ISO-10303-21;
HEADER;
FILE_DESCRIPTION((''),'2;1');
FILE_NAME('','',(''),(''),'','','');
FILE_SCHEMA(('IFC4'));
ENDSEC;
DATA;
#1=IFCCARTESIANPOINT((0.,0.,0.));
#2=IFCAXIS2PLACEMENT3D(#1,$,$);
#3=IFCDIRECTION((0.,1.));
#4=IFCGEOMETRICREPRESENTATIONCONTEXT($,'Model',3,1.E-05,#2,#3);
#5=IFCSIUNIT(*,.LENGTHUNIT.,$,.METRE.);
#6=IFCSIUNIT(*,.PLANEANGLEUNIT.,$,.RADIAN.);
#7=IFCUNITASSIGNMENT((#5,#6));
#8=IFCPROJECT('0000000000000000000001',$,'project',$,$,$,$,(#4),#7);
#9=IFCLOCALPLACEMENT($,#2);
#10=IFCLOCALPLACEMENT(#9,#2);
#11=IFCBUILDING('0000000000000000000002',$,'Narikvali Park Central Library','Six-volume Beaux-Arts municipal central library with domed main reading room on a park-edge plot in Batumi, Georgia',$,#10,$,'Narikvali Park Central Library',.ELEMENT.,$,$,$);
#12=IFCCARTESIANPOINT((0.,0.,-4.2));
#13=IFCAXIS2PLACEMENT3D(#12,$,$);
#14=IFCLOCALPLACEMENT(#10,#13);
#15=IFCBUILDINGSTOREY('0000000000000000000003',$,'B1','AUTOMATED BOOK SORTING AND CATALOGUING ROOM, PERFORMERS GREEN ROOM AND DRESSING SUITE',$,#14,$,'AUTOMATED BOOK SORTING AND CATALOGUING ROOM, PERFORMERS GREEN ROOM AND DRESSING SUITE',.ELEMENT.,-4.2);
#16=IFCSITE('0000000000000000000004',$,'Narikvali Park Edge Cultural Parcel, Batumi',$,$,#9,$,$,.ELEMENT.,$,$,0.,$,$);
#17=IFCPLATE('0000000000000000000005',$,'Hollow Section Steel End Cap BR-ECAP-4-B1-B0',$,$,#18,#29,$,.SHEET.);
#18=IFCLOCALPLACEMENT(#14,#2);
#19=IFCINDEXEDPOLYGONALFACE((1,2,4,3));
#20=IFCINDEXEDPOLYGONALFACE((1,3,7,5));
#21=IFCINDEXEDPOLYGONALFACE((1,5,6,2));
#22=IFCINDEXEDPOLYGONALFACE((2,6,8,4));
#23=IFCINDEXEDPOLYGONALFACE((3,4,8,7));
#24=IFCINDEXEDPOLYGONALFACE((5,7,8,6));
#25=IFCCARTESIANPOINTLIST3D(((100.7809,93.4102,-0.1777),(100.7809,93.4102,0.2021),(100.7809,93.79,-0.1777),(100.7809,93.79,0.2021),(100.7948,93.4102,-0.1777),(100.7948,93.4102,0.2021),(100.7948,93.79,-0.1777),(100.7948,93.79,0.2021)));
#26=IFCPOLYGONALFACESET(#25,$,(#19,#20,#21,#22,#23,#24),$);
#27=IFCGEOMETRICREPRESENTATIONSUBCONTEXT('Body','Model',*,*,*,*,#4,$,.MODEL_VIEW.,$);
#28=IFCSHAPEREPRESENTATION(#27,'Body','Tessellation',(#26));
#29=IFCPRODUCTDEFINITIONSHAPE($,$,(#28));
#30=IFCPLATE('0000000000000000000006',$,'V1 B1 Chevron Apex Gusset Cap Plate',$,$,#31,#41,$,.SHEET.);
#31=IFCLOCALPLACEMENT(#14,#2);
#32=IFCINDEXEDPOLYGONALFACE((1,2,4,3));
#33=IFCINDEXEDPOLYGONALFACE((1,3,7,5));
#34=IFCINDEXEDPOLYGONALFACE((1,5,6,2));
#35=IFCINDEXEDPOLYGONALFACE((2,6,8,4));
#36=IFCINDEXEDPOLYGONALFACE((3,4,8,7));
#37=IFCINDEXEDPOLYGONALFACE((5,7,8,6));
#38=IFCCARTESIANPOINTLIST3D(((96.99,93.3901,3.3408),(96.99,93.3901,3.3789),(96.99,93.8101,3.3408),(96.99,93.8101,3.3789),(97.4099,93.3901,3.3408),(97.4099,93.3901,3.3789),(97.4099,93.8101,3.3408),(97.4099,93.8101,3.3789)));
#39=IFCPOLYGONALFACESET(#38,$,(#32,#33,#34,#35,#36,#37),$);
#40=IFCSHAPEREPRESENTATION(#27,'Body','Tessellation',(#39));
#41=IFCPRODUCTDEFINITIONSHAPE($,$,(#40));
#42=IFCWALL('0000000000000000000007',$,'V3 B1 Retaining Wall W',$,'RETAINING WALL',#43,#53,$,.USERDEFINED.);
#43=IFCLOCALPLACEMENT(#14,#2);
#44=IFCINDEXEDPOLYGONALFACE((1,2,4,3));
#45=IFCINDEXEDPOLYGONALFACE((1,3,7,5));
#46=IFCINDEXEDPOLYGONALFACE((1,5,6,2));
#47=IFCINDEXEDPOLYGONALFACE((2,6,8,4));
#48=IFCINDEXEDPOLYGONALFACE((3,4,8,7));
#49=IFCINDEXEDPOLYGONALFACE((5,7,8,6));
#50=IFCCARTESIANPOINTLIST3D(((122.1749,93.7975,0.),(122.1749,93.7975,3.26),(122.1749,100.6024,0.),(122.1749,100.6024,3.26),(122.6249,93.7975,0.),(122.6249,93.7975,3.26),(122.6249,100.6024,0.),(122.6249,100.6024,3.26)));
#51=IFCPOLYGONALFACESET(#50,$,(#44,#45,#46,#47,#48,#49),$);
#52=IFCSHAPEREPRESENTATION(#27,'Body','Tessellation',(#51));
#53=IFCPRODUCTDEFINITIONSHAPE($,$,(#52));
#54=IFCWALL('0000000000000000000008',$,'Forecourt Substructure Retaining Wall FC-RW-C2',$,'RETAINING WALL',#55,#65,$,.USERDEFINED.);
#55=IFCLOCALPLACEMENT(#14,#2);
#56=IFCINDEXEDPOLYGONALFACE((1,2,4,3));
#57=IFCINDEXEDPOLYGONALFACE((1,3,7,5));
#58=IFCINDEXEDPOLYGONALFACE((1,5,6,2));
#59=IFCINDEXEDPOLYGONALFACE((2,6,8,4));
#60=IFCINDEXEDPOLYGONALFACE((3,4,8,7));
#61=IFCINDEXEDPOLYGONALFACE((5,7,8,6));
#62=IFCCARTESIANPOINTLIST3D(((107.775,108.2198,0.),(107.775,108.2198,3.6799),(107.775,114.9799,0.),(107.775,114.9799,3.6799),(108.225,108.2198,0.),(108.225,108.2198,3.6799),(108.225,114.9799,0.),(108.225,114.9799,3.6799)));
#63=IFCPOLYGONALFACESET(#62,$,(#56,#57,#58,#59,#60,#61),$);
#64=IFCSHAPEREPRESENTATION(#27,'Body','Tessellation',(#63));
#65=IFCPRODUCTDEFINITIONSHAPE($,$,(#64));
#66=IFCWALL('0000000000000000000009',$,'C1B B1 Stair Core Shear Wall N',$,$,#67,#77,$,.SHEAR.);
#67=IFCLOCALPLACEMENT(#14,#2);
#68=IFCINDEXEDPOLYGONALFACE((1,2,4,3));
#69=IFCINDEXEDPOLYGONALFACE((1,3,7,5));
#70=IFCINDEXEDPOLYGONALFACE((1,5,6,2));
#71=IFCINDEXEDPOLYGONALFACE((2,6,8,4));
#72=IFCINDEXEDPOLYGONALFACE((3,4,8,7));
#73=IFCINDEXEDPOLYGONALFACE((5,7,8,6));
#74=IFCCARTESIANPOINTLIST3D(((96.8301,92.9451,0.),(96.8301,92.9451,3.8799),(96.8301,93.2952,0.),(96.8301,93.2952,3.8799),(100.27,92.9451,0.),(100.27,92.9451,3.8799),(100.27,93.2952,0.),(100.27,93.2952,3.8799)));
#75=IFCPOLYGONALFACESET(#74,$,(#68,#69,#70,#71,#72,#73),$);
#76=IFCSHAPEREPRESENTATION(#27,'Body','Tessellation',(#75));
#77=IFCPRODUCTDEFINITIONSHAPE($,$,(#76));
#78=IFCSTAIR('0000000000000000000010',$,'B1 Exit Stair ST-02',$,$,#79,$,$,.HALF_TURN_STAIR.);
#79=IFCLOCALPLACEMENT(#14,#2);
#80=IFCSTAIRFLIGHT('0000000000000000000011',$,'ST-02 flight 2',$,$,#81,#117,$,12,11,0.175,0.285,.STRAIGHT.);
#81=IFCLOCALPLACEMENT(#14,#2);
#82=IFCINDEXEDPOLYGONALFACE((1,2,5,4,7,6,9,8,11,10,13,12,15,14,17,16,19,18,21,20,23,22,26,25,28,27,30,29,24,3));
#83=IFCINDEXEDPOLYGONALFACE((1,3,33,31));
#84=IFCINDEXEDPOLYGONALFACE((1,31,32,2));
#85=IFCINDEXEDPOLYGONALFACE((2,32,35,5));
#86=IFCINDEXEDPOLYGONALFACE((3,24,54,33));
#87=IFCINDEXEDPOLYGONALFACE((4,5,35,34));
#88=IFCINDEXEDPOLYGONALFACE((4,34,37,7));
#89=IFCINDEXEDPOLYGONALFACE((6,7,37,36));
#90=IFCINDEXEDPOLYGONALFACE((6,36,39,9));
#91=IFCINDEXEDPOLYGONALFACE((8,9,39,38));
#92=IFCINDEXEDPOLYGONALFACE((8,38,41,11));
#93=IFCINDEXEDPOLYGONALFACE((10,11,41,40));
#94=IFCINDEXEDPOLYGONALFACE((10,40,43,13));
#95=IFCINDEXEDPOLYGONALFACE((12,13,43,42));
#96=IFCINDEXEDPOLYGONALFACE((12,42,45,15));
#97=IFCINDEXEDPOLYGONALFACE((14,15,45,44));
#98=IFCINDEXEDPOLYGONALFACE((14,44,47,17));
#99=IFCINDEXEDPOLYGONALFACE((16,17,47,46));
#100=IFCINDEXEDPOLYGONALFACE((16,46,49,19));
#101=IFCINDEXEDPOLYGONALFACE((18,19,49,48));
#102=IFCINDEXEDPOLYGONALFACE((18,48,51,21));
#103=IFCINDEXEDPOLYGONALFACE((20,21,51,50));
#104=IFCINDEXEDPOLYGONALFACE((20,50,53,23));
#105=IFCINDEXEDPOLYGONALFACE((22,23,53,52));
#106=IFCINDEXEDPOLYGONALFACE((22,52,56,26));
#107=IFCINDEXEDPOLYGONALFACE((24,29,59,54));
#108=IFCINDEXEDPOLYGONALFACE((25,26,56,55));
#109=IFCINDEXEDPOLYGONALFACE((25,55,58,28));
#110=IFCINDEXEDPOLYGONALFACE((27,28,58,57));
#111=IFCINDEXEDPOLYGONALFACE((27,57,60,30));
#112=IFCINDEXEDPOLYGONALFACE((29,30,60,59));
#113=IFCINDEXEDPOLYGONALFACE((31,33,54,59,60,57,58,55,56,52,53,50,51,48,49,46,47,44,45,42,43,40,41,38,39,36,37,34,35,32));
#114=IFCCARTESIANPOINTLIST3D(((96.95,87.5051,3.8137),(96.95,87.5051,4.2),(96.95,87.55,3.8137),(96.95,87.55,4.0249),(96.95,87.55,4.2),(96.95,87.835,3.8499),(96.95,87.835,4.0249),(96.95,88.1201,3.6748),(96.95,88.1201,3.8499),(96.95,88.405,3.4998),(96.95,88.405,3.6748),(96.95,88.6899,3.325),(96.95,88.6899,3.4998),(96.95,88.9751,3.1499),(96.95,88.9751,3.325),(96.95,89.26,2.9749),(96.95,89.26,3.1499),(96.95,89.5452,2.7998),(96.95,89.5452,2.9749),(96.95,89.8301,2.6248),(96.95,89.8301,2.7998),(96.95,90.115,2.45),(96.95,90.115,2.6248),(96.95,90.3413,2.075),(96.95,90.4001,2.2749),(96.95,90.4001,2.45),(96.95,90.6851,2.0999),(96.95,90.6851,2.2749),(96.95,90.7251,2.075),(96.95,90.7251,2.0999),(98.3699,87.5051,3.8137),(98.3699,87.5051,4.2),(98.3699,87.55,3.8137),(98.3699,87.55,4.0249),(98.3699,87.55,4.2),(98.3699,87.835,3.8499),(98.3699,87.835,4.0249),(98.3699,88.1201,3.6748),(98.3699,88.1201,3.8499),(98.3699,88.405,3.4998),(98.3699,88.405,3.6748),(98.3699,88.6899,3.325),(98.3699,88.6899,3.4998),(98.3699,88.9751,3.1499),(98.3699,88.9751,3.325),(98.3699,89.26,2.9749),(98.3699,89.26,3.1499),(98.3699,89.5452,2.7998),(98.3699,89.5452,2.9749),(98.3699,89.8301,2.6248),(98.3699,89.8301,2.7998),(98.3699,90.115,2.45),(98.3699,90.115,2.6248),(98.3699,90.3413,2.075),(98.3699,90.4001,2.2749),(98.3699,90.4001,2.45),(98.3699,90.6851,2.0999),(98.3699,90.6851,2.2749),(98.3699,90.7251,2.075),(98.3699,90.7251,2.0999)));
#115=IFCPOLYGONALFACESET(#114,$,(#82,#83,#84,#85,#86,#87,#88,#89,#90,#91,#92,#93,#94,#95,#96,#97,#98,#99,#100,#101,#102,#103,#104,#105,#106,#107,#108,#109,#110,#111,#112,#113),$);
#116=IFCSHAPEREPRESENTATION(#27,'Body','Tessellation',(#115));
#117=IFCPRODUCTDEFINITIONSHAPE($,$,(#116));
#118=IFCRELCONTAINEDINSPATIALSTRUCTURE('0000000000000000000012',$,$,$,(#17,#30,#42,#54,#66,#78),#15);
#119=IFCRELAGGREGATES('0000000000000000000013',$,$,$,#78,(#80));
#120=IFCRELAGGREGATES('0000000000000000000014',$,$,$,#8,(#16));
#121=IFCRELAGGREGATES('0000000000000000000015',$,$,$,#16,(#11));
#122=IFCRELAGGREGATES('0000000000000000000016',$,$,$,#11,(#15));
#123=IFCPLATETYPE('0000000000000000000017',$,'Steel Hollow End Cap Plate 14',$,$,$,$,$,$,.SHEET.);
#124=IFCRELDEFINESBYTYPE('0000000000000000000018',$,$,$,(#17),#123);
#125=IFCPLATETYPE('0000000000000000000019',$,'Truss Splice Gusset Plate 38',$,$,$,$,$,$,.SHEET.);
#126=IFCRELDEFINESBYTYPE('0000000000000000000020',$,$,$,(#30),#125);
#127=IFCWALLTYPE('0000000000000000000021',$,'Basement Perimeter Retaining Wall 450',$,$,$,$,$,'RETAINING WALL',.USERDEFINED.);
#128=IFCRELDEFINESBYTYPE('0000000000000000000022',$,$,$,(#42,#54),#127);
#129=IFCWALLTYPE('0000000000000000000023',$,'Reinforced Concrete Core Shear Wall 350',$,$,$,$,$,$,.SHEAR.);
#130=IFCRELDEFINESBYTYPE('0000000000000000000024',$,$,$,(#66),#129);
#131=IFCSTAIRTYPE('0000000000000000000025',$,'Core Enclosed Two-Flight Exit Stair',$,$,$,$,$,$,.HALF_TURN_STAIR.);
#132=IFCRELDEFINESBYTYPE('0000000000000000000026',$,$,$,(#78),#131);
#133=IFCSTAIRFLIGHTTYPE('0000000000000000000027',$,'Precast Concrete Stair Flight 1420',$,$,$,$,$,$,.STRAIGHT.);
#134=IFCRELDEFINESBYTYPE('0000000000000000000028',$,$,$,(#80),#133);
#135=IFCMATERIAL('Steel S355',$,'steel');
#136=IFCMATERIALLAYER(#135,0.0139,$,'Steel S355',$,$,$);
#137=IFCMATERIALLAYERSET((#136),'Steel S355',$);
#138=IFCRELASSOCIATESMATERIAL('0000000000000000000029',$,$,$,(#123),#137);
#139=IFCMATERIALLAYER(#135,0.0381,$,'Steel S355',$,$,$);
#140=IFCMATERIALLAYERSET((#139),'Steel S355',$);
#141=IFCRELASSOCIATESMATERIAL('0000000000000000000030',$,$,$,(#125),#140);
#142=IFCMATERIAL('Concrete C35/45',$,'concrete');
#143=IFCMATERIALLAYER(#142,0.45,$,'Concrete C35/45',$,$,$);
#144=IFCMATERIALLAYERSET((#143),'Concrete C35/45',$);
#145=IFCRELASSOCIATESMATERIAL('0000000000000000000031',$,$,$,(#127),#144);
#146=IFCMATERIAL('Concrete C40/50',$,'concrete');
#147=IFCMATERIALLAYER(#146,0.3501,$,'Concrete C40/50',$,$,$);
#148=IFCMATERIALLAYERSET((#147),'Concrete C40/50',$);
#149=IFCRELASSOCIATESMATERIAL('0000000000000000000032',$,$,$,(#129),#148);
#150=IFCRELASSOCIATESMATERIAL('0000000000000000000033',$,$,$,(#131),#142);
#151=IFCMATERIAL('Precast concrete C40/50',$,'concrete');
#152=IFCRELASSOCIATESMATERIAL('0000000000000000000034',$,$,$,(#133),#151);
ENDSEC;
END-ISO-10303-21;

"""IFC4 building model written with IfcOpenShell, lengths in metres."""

from ifc_helpers import new_model, si_unit, direction, frame, frame_2d, origin, origin_2d, place, context, subcontext, project, spatial, polyline, rectangle, outline, extrude, material, layer, layer_set, type_object, element, aggregate, save


model = new_model("IFC4")

# Units and contexts
model_context = context("Model", 3, precision=1e-05, world=origin(), true_north=direction((0.0, 1.0)))
body_context = subcontext(model_context, "Body", "Model", "MODEL_VIEW")
ifc_project = project(units=[si_unit("LENGTHUNIT", "METRE"), si_unit("PLANEANGLEUNIT", "RADIAN")], contexts=[model_context])

# Site, building, storey
site_placement = place(None, origin())
site = spatial("IfcSite", under=ifc_project, at=site_placement, Name="Narikvali Park Edge Cultural Parcel, Batumi", CompositionType="ELEMENT", RefElevation=0.0)
building_placement = place(site_placement, origin())
building = spatial("IfcBuilding", under=site, at=building_placement, Name="Narikvali Park Central Library", Description="Six-volume Beaux-Arts municipal central library with domed main reading room on a park-edge plot in Batumi, Georgia", LongName="Narikvali Park Central Library", CompositionType="ELEMENT")
storey_placement = place(building_placement, frame((0.0, 0.0, -4.2)))
storey = spatial("IfcBuildingStorey", under=building, at=storey_placement, Name="B1", Description="AUTOMATED BOOK SORTING AND CATALOGUING ROOM, PERFORMERS GREEN ROOM AND DRESSING SUITE", LongName="AUTOMATED BOOK SORTING AND CATALOGUING ROOM, PERFORMERS GREEN ROOM AND DRESSING SUITE", CompositionType="ELEMENT", Elevation=-4.2)

# Shared definitions
ifc_material_1 = material(Name="Concrete C35/45", Category="concrete")

# Shared definitions
ifc_material_2 = material(Name="Steel S355", Category="steel")

# Plates
ifc_layer_1 = layer(ifc_material_2, 0.0139, Name="Steel S355")
ifc_layer_set_1 = layer_set([ifc_layer_1], Name="Steel S355")
plate_type_1 = type_object("IfcPlateType", Name="Steel Hollow End Cap Plate 14", PredefinedType="SHEET", material=ifc_layer_set_1)
plate_1_placement = place(storey_placement, frame((100.7878, 93.6001, -0.1777), z_axis=(0.0, 0.0, 1.0), x_axis=(1.0, 0.0, 0.0)))
element("IfcPlate", 1, at=plate_1_placement, inside=storey, type_object=plate_type_1, Name="Hollow Section Steel End Cap BR-ECAP-4-B1-B0", PredefinedType="SHEET", context=body_context, shape_type="SweptSolid", body=[
    extrude(rectangle(XDim=0.0139, YDim=0.3799, at=origin_2d()), origin(), (0.0, 0.0, 1.0), 0.3799),
])
ifc_layer_2 = layer(ifc_material_2, 0.0381, Name="Steel S355")
ifc_layer_set_2 = layer_set([ifc_layer_2], Name="Steel S355")
plate_type_2 = type_object("IfcPlateType", Name="Truss Splice Gusset Plate 38", PredefinedType="SHEET", material=ifc_layer_set_2)
plate_2_placement = place(storey_placement, frame((97.2, 93.6001, 3.3408), z_axis=(0.0, 0.0, 1.0), x_axis=(1.0, 0.0, 0.0)))
element("IfcPlate", 2, at=plate_2_placement, inside=storey, type_object=plate_type_2, Name="V1 B1 Chevron Apex Gusset Cap Plate", PredefinedType="SHEET", context=body_context, shape_type="SweptSolid", body=[
    extrude(rectangle(XDim=0.4199, YDim=0.4199, at=origin_2d()), origin(), (0.0, 0.0, 1.0), 0.0381),
])

# Walls
ifc_layer_3 = layer(ifc_material_1, 0.45, Name="Concrete C35/45")
ifc_layer_set_3 = layer_set([ifc_layer_3], Name="Concrete C35/45")
wall_type_1 = type_object("IfcWallType", Name="Basement Perimeter Retaining Wall 450", ElementType="RETAINING WALL", PredefinedType="USERDEFINED", material=ifc_layer_set_3)
for number, where, z_axis, x_axis, name in (
    (3, (122.3999, 93.7976, 0.0), (0.0, 0.0, 1.0), (0.0, 1.0, 0.0), "V3 B1 Retaining Wall W"),
):
    element("IfcWall", number, at=place(storey_placement, frame(where, z_axis=z_axis, x_axis=x_axis)), inside=storey, type_object=wall_type_1, Name=name, ObjectType="RETAINING WALL", PredefinedType="USERDEFINED", context=body_context, shape_type="SweptSolid", body=[
        extrude(rectangle(XDim=6.8049, YDim=0.45, at=frame_2d((3.4023, 0.0))), origin(), (0.0, 0.0, 1.0), 3.26),
    ])
wall_1_placement = place(storey_placement, frame((108.0, 108.22, 0.0), z_axis=(0.0, 0.0, 1.0), x_axis=(0.0, 1.0, 0.0)))
element("IfcWall", 4, at=wall_1_placement, inside=storey, type_object=wall_type_1, Name="Forecourt Substructure Retaining Wall FC-RW-C2", ObjectType="RETAINING WALL", PredefinedType="USERDEFINED", context=body_context, shape_type="SweptSolid", body=[
    extrude(rectangle(XDim=6.76, YDim=0.45, at=frame_2d((3.3799, 0.0))), origin(), (0.0, 0.0, 1.0), 3.6799),
])
ifc_material_3 = material(Name="Concrete C40/50", Category="concrete")
ifc_layer_4 = layer(ifc_material_3, 0.3501, Name="Concrete C40/50")
ifc_layer_set_4 = layer_set([ifc_layer_4], Name="Concrete C40/50")
wall_type_2 = type_object("IfcWallType", Name="Reinforced Concrete Core Shear Wall 350", PredefinedType="SHEAR", material=ifc_layer_set_4)
wall_2_placement = place(storey_placement, frame((100.27, 93.1201, 0.0), z_axis=(0.0, 0.0, 1.0), x_axis=(-1.0, 0.0, 0.0)))
element("IfcWall", 5, at=wall_2_placement, inside=storey, type_object=wall_type_2, Name="C1B B1 Stair Core Shear Wall N", PredefinedType="SHEAR", context=body_context, shape_type="SweptSolid", body=[
    extrude(rectangle(XDim=3.4399, YDim=0.3501, at=frame_2d((1.72, 0.0))), origin(), (0.0, 0.0, 1.0), 3.8799),
])

# Stair, stair flight
stair_type = type_object("IfcStairType", Name="Core Enclosed Two-Flight Exit Stair", PredefinedType="HALF_TURN_STAIR", material=ifc_material_1)
stair_placement = place(storey_placement, origin())
stair = element("IfcStair", 6, at=stair_placement, inside=storey, type_object=stair_type, Name="B1 Exit Stair ST-02", PredefinedType="HALF_TURN_STAIR")
ifc_material_4 = material(Name="Precast concrete C40/50", Category="concrete")
stair_flight_type = type_object("IfcStairFlightType", Name="Precast Concrete Stair Flight 1420", PredefinedType="STRAIGHT", material=ifc_material_4)
stair_flight_placement = place(storey_placement, frame((97.6599, 90.6851, 2.0999), z_axis=(0.0, 0.0, 1.0), x_axis=(0.0, -1.0, 0.0)))
stair_flight = element("IfcStairFlight", 7, at=stair_flight_placement, type_object=stair_flight_type, Name="ST-02 flight 2", NumberOfRisers=12, NumberOfTreads=11, PredefinedType="STRAIGHT", RiserHeight=0.175, TreadLength=0.285, context=body_context, shape_type="SweptSolid", body=[
    extrude(outline(polyline([(-0.04, -0.0249), (-0.04, 0.0), (0.0, 0.0), (0.0, 0.175), (0.2849, 0.175), (0.2849, 0.3501), (0.5701, 0.3501), (0.5701, 0.5249), (0.855, 0.5249), (0.855, 0.7), (1.1399, 0.7), (1.1399, 0.875), (1.425, 0.875), (1.425, 1.05), (1.71, 1.05), (1.71, 1.2251), (1.9951, 1.2251), (1.9951, 1.3999), (2.28, 1.3999), (2.28, 1.575), (2.5649, 1.575), (2.5649, 1.75), (2.8501, 1.75), (2.8501, 1.925), (3.135, 1.925), (3.135, 2.1001), (3.1799, 2.1001), (3.1799, 1.7139), (3.135, 1.7139), (0.3438, -0.0249), (-0.04, -0.0249)])), frame((0.0, 0.71, 0.0), z_axis=(0.0, -1.0, 0.0), x_axis=(1.0, 0.0, 0.0)), (0.0, 0.0, 1.0), 1.4199),
])
aggregate(stair, [stair_flight])

save(model, "model.ifc")
